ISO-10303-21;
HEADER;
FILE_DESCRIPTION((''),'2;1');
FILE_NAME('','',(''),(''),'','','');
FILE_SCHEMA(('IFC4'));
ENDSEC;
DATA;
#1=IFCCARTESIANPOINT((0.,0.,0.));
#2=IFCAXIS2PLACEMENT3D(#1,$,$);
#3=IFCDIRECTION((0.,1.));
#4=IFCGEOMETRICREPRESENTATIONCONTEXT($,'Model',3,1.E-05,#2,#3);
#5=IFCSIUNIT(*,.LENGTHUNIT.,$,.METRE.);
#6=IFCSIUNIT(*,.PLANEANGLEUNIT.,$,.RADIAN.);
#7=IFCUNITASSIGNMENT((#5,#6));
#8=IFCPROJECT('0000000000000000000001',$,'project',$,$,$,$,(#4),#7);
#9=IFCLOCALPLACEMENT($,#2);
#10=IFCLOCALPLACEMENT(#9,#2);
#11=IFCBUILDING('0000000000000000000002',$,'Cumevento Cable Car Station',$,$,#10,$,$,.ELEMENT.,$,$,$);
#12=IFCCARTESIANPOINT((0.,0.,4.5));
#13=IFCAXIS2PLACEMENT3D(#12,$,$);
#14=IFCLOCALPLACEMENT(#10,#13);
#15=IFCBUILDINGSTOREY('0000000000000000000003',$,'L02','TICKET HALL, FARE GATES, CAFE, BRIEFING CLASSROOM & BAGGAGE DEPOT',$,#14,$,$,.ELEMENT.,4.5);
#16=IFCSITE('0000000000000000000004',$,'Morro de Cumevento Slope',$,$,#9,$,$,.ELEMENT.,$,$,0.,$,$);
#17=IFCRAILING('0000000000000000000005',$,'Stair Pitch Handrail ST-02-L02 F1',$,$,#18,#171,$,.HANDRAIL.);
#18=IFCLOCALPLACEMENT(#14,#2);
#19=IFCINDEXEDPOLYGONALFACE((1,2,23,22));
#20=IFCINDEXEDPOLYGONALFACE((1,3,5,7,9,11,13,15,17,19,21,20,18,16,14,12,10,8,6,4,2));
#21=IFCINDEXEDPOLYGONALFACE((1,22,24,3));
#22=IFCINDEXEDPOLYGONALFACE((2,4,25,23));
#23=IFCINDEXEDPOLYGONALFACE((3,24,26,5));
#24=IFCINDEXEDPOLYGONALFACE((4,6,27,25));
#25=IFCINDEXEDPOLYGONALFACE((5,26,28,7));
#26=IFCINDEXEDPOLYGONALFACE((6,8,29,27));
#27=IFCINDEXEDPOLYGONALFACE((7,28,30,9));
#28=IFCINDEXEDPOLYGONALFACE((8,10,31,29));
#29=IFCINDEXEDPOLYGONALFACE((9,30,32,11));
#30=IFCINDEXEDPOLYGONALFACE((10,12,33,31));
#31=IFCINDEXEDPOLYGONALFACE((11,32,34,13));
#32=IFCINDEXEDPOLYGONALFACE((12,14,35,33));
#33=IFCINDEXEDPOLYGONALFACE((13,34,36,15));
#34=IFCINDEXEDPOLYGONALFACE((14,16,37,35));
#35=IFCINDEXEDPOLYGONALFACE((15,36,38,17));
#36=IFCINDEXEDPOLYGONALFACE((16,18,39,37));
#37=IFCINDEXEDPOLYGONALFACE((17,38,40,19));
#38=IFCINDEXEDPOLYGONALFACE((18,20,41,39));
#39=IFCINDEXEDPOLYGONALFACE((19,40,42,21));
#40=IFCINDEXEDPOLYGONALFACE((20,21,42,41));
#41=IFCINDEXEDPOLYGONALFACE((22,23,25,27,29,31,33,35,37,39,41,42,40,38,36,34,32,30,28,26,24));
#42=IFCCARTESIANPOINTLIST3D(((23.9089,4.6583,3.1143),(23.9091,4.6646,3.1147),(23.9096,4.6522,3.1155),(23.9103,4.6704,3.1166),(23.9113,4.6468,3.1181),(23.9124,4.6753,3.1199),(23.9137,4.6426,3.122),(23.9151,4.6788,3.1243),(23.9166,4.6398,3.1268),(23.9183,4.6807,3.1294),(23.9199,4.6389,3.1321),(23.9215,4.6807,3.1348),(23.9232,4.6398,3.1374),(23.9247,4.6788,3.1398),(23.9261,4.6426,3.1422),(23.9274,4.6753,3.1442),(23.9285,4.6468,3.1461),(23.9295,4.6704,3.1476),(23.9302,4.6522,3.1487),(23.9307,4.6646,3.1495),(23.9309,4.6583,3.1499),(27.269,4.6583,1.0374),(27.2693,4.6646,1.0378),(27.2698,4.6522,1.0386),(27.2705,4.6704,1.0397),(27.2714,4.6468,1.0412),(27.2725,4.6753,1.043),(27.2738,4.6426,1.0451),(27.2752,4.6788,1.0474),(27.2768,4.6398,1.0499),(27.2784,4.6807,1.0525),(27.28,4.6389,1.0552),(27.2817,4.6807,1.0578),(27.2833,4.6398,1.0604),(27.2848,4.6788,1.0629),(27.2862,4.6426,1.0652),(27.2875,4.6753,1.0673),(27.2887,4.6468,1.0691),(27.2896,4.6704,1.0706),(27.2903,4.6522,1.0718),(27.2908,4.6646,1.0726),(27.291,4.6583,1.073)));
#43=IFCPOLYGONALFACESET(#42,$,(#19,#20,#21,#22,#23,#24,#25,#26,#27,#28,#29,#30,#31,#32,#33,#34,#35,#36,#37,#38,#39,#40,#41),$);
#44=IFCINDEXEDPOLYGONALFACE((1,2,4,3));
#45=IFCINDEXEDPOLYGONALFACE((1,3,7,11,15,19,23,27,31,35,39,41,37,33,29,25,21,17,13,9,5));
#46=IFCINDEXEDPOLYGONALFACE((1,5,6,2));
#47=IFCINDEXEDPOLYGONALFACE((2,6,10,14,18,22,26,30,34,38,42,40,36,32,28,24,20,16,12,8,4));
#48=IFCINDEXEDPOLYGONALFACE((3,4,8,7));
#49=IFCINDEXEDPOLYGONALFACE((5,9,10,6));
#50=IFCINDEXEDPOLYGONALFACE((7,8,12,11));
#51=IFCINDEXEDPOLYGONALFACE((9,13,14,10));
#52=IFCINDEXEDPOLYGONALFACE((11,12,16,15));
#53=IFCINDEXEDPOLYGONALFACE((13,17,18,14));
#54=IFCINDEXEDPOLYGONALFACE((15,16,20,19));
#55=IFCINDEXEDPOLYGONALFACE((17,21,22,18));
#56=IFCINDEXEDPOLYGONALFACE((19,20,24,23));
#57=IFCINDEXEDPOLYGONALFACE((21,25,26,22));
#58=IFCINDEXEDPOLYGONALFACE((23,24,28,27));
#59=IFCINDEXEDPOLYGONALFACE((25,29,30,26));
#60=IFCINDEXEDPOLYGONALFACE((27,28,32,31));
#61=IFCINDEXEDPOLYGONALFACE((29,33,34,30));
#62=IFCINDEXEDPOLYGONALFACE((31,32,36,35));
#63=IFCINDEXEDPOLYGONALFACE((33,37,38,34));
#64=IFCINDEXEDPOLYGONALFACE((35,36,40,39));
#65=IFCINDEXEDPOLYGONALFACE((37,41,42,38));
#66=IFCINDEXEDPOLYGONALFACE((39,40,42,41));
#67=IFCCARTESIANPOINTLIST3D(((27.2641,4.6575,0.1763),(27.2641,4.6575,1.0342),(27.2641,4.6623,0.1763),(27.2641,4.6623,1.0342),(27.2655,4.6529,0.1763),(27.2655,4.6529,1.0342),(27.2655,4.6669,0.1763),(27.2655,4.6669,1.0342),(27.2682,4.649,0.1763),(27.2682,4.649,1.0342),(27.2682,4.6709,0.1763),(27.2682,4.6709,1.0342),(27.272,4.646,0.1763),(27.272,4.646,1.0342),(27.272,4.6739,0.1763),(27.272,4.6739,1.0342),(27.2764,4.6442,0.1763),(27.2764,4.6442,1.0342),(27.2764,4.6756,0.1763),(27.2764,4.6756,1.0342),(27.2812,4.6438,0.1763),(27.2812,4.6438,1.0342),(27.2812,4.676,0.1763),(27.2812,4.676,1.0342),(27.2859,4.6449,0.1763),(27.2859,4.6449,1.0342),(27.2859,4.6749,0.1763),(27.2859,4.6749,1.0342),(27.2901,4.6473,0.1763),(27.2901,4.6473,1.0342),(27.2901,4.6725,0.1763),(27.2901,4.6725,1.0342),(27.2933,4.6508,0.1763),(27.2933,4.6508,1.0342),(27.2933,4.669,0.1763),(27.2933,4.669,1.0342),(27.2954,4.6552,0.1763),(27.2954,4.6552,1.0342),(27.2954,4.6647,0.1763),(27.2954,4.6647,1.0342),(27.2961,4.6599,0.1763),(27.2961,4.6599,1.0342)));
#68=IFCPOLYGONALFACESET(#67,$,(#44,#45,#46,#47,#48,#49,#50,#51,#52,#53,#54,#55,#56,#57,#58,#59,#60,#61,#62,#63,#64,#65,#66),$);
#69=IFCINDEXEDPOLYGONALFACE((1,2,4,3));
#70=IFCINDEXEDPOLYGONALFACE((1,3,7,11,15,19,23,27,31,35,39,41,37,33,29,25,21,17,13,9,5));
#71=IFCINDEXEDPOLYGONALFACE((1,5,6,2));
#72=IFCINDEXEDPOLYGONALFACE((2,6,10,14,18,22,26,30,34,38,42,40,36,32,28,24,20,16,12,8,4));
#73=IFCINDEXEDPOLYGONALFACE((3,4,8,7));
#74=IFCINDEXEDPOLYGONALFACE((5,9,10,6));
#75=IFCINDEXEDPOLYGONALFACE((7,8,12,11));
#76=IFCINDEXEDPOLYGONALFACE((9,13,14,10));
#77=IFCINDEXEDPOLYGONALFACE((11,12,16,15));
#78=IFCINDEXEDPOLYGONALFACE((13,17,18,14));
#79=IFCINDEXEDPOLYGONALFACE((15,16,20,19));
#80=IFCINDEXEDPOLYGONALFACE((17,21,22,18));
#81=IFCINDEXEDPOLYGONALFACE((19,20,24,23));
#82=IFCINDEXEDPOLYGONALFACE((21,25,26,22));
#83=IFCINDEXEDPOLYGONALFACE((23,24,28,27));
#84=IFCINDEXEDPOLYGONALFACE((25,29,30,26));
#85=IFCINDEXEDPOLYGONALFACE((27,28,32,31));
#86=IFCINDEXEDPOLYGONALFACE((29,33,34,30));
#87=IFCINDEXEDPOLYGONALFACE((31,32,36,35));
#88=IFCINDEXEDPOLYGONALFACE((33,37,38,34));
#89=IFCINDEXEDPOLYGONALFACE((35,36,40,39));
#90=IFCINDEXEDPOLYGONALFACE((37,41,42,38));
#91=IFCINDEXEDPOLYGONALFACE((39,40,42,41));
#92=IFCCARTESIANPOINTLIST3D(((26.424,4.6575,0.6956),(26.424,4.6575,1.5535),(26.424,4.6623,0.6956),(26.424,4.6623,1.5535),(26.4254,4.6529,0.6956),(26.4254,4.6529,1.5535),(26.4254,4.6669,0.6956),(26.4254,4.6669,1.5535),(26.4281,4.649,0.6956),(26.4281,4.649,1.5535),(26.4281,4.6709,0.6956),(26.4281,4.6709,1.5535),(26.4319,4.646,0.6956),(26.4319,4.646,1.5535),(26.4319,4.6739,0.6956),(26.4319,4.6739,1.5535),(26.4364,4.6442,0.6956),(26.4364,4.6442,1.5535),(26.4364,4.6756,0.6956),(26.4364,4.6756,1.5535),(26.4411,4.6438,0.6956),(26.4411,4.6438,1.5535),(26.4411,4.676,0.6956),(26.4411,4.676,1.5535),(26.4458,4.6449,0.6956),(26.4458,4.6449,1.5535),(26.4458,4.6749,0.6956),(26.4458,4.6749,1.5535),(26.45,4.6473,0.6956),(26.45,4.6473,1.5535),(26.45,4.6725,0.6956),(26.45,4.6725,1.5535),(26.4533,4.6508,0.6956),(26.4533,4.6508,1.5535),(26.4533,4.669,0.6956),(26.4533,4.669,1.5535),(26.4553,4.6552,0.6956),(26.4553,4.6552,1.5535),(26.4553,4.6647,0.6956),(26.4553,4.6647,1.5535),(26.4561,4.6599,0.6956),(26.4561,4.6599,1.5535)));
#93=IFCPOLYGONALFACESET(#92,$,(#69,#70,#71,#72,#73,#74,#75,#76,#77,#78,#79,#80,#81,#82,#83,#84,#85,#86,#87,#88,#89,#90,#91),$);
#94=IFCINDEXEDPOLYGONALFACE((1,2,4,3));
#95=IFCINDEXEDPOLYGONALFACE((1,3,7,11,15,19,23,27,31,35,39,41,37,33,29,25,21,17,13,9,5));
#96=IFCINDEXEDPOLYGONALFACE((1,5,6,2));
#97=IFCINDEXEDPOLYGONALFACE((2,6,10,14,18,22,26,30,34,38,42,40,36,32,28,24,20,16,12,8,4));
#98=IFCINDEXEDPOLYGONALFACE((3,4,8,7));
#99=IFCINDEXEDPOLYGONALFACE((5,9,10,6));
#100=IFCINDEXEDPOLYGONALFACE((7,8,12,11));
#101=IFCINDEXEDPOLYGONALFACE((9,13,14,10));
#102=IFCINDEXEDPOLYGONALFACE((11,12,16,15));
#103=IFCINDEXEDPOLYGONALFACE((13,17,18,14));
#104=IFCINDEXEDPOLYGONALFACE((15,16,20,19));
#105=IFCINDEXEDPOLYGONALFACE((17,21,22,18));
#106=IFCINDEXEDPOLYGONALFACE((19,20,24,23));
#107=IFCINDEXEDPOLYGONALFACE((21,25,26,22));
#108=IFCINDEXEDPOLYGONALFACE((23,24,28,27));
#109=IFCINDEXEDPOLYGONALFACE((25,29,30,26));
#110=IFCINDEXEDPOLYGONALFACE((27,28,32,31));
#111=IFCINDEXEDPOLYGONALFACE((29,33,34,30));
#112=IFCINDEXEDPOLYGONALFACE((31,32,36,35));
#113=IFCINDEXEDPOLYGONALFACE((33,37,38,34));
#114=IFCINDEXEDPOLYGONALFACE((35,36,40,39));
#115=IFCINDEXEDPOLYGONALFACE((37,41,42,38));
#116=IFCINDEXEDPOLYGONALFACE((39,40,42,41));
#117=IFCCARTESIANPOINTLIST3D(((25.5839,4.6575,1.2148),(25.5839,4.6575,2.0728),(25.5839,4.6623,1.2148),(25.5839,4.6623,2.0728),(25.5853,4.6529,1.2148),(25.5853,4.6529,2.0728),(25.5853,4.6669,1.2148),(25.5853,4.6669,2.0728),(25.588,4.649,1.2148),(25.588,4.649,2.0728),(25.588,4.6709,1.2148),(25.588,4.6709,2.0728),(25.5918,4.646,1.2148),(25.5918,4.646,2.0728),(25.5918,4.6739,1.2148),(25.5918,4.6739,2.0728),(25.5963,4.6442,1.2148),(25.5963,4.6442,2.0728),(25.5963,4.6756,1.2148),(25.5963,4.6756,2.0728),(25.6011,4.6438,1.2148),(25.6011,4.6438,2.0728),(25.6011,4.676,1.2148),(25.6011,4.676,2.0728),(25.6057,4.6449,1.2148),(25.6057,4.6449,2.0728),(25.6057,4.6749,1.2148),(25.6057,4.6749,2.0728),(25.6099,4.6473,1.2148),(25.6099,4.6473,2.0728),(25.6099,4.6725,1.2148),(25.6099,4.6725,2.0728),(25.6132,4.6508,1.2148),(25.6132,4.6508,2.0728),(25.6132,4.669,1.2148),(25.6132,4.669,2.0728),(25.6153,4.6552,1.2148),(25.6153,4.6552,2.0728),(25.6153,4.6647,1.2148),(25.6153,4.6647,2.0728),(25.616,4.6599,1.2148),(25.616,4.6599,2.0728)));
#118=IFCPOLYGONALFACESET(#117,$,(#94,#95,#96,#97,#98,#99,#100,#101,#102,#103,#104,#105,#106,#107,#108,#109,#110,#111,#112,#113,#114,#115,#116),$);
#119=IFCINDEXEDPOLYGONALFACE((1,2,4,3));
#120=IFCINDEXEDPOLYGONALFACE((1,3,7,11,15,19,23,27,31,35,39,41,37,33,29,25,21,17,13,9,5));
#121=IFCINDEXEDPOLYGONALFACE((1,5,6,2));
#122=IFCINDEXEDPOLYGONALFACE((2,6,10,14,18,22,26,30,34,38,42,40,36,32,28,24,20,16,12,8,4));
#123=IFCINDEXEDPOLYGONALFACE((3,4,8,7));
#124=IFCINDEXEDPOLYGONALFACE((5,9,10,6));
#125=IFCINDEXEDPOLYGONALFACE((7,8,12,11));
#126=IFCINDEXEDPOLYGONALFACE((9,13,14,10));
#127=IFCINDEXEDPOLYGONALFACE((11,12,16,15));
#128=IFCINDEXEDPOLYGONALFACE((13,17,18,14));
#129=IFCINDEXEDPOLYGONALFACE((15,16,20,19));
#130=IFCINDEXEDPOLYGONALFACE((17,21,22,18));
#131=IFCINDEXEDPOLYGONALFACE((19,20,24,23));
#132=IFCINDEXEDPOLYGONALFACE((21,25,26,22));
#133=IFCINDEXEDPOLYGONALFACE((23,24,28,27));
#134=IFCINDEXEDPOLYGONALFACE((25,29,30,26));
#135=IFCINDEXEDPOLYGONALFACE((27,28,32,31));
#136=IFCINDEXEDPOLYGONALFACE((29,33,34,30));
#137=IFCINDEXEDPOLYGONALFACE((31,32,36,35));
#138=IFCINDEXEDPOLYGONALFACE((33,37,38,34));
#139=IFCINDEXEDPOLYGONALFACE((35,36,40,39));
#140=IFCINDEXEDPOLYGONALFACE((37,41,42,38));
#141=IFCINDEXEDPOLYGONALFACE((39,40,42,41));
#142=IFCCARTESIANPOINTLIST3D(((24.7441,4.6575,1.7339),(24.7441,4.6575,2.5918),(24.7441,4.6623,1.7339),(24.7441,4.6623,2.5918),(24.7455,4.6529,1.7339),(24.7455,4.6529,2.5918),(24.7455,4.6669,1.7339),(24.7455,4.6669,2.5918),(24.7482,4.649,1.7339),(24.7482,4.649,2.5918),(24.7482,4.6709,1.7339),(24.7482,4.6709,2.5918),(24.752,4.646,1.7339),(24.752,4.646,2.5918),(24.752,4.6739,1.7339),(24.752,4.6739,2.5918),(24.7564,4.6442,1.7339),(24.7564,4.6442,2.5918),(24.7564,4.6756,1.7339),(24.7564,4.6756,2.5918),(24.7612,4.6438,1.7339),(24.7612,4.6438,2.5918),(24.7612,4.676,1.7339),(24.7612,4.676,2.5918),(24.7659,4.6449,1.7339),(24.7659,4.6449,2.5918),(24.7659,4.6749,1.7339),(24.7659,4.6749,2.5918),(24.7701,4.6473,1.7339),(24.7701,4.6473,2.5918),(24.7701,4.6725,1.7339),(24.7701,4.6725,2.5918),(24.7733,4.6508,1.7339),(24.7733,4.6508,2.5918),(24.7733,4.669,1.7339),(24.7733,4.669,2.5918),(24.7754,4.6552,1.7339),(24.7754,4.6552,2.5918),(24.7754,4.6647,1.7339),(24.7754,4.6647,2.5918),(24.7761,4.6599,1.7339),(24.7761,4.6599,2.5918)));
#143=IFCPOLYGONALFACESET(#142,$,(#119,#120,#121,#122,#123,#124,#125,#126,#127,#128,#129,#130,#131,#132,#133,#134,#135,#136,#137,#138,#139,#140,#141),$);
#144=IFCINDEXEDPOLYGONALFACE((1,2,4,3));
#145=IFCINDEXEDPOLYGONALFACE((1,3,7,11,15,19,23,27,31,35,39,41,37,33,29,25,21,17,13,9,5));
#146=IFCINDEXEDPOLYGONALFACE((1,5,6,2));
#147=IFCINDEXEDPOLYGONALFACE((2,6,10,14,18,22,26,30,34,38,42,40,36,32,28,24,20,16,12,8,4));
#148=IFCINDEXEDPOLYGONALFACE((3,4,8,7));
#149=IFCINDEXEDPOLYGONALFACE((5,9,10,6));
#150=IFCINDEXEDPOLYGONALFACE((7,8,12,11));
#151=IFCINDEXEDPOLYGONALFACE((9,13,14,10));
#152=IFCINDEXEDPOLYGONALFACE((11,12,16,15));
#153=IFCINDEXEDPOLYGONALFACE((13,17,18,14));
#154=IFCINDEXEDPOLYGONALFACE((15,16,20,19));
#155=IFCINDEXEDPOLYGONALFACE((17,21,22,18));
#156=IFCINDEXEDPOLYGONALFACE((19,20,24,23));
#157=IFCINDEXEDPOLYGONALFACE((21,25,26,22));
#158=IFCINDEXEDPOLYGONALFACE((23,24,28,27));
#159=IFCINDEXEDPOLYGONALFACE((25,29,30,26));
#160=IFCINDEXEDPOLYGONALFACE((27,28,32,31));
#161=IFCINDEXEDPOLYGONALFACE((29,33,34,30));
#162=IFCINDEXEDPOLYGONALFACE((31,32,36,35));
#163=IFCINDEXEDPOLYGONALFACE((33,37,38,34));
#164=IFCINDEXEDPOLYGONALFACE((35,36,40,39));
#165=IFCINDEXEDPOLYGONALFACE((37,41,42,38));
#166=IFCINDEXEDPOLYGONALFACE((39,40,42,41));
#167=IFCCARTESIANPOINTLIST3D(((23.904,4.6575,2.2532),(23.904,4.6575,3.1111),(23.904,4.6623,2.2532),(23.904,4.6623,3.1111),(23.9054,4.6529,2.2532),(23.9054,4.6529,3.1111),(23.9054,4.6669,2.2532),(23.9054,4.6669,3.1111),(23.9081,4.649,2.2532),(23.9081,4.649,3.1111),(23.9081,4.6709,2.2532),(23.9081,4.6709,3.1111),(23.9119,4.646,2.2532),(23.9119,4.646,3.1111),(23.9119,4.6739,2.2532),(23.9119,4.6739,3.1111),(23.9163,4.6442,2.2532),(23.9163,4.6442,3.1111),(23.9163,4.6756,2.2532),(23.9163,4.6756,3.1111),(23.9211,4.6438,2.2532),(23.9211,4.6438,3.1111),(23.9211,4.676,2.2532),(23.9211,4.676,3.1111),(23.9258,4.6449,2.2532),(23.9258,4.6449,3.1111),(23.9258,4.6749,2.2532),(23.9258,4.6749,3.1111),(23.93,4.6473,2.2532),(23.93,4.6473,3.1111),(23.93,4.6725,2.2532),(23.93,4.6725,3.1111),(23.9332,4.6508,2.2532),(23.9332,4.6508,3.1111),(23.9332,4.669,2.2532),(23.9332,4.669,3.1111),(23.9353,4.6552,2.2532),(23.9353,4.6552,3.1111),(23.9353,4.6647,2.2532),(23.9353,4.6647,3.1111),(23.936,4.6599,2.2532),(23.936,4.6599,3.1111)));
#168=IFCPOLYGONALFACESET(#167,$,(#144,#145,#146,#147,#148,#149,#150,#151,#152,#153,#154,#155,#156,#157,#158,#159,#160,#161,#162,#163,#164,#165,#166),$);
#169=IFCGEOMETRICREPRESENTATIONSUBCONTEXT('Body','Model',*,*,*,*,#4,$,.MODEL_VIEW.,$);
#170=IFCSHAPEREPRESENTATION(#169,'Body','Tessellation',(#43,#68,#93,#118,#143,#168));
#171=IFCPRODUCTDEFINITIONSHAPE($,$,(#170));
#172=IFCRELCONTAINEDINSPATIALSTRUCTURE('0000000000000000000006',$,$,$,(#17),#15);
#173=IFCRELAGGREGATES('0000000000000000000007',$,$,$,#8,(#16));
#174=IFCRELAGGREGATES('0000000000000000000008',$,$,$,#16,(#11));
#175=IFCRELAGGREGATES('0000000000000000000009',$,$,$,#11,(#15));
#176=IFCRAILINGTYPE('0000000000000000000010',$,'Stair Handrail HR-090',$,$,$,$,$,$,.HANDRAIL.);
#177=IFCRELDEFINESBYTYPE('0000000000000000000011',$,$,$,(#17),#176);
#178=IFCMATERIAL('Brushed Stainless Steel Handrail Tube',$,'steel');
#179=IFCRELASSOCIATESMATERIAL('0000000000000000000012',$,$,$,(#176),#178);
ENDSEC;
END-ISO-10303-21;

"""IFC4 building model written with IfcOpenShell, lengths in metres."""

from ifc_helpers import new_model, si_unit, direction, frame, origin, origin_2d, place, context, subcontext, project, spatial, circle, extrude, material, type_object, element, save


model = new_model("IFC4")

# Units and contexts
model_context = context("Model", 3, precision=1e-05, world=origin(), true_north=direction((0.0, 1.0)))
body_context = subcontext(model_context, "Body", "Model", "MODEL_VIEW")
ifc_project = project(units=[si_unit("LENGTHUNIT", "METRE"), si_unit("PLANEANGLEUNIT", "RADIAN")], contexts=[model_context])

# Site, building, storey
site_placement = place(None, origin())
site = spatial("IfcSite", under=ifc_project, at=site_placement, Name="Morro de Cumevento Slope", CompositionType="ELEMENT", RefElevation=0.0)
building_placement = place(site_placement, origin())
building = spatial("IfcBuilding", under=site, at=building_placement, Name="Cumevento Cable Car Station", CompositionType="ELEMENT")
storey_placement = place(building_placement, frame((0.0, 0.0, 4.5)))
storey = spatial("IfcBuildingStorey", under=building, at=storey_placement, Name="L02", Description="TICKET HALL, FARE GATES, CAFE, BRIEFING CLASSROOM & BAGGAGE DEPOT", CompositionType="ELEMENT", Elevation=4.5)

# Railing
ifc_material_1 = material(Name="Brushed Stainless Steel Handrail Tube", Category="steel")
railing_type_1 = type_object("IfcRailingType", Name="Stair Handrail HR-090", PredefinedType="HANDRAIL", material=ifc_material_1)
railing_1_placement = place(storey_placement, frame((27.28, 4.6599, 0.1763)))
element("IfcRailing", 1, at=railing_1_placement, inside=storey, type_object=railing_type_1, Name="Stair Pitch Handrail ST-02-L02 F1", PredefinedType="HANDRAIL", context=body_context, shape_type="SweptSolid", body=[
    extrude(circle(Radius=0.021, at=origin_2d()), frame((0.0, 0.0, 0.8789), z_axis=(-0.850623, 0.0, 0.525776), x_axis=(0.0, -1.0, 0.0)), (0.0, 0.0, 1.0), 3.9502),
    extrude(circle(Radius=0.0161, at=origin_2d()), origin(), (0.0, 0.0, 1.0), 0.8579),
    extrude(circle(Radius=0.0161, at=origin_2d()), frame((-0.8401, 0.0, 0.5193)), (0.0, 0.0, 1.0), 0.8579),
    extrude(circle(Radius=0.0161, at=origin_2d()), frame((-1.6802, 0.0, 1.0386)), (0.0, 0.0, 1.0), 0.8579),
    extrude(circle(Radius=0.0161, at=origin_2d()), frame((-2.52, 0.0, 1.5576)), (0.0, 0.0, 1.0), 0.8579),
    extrude(circle(Radius=0.0161, at=origin_2d()), frame((-3.3601, 0.0, 2.0769)), (0.0, 0.0, 1.0), 0.8579),
])

save(model, "model.ifc")
